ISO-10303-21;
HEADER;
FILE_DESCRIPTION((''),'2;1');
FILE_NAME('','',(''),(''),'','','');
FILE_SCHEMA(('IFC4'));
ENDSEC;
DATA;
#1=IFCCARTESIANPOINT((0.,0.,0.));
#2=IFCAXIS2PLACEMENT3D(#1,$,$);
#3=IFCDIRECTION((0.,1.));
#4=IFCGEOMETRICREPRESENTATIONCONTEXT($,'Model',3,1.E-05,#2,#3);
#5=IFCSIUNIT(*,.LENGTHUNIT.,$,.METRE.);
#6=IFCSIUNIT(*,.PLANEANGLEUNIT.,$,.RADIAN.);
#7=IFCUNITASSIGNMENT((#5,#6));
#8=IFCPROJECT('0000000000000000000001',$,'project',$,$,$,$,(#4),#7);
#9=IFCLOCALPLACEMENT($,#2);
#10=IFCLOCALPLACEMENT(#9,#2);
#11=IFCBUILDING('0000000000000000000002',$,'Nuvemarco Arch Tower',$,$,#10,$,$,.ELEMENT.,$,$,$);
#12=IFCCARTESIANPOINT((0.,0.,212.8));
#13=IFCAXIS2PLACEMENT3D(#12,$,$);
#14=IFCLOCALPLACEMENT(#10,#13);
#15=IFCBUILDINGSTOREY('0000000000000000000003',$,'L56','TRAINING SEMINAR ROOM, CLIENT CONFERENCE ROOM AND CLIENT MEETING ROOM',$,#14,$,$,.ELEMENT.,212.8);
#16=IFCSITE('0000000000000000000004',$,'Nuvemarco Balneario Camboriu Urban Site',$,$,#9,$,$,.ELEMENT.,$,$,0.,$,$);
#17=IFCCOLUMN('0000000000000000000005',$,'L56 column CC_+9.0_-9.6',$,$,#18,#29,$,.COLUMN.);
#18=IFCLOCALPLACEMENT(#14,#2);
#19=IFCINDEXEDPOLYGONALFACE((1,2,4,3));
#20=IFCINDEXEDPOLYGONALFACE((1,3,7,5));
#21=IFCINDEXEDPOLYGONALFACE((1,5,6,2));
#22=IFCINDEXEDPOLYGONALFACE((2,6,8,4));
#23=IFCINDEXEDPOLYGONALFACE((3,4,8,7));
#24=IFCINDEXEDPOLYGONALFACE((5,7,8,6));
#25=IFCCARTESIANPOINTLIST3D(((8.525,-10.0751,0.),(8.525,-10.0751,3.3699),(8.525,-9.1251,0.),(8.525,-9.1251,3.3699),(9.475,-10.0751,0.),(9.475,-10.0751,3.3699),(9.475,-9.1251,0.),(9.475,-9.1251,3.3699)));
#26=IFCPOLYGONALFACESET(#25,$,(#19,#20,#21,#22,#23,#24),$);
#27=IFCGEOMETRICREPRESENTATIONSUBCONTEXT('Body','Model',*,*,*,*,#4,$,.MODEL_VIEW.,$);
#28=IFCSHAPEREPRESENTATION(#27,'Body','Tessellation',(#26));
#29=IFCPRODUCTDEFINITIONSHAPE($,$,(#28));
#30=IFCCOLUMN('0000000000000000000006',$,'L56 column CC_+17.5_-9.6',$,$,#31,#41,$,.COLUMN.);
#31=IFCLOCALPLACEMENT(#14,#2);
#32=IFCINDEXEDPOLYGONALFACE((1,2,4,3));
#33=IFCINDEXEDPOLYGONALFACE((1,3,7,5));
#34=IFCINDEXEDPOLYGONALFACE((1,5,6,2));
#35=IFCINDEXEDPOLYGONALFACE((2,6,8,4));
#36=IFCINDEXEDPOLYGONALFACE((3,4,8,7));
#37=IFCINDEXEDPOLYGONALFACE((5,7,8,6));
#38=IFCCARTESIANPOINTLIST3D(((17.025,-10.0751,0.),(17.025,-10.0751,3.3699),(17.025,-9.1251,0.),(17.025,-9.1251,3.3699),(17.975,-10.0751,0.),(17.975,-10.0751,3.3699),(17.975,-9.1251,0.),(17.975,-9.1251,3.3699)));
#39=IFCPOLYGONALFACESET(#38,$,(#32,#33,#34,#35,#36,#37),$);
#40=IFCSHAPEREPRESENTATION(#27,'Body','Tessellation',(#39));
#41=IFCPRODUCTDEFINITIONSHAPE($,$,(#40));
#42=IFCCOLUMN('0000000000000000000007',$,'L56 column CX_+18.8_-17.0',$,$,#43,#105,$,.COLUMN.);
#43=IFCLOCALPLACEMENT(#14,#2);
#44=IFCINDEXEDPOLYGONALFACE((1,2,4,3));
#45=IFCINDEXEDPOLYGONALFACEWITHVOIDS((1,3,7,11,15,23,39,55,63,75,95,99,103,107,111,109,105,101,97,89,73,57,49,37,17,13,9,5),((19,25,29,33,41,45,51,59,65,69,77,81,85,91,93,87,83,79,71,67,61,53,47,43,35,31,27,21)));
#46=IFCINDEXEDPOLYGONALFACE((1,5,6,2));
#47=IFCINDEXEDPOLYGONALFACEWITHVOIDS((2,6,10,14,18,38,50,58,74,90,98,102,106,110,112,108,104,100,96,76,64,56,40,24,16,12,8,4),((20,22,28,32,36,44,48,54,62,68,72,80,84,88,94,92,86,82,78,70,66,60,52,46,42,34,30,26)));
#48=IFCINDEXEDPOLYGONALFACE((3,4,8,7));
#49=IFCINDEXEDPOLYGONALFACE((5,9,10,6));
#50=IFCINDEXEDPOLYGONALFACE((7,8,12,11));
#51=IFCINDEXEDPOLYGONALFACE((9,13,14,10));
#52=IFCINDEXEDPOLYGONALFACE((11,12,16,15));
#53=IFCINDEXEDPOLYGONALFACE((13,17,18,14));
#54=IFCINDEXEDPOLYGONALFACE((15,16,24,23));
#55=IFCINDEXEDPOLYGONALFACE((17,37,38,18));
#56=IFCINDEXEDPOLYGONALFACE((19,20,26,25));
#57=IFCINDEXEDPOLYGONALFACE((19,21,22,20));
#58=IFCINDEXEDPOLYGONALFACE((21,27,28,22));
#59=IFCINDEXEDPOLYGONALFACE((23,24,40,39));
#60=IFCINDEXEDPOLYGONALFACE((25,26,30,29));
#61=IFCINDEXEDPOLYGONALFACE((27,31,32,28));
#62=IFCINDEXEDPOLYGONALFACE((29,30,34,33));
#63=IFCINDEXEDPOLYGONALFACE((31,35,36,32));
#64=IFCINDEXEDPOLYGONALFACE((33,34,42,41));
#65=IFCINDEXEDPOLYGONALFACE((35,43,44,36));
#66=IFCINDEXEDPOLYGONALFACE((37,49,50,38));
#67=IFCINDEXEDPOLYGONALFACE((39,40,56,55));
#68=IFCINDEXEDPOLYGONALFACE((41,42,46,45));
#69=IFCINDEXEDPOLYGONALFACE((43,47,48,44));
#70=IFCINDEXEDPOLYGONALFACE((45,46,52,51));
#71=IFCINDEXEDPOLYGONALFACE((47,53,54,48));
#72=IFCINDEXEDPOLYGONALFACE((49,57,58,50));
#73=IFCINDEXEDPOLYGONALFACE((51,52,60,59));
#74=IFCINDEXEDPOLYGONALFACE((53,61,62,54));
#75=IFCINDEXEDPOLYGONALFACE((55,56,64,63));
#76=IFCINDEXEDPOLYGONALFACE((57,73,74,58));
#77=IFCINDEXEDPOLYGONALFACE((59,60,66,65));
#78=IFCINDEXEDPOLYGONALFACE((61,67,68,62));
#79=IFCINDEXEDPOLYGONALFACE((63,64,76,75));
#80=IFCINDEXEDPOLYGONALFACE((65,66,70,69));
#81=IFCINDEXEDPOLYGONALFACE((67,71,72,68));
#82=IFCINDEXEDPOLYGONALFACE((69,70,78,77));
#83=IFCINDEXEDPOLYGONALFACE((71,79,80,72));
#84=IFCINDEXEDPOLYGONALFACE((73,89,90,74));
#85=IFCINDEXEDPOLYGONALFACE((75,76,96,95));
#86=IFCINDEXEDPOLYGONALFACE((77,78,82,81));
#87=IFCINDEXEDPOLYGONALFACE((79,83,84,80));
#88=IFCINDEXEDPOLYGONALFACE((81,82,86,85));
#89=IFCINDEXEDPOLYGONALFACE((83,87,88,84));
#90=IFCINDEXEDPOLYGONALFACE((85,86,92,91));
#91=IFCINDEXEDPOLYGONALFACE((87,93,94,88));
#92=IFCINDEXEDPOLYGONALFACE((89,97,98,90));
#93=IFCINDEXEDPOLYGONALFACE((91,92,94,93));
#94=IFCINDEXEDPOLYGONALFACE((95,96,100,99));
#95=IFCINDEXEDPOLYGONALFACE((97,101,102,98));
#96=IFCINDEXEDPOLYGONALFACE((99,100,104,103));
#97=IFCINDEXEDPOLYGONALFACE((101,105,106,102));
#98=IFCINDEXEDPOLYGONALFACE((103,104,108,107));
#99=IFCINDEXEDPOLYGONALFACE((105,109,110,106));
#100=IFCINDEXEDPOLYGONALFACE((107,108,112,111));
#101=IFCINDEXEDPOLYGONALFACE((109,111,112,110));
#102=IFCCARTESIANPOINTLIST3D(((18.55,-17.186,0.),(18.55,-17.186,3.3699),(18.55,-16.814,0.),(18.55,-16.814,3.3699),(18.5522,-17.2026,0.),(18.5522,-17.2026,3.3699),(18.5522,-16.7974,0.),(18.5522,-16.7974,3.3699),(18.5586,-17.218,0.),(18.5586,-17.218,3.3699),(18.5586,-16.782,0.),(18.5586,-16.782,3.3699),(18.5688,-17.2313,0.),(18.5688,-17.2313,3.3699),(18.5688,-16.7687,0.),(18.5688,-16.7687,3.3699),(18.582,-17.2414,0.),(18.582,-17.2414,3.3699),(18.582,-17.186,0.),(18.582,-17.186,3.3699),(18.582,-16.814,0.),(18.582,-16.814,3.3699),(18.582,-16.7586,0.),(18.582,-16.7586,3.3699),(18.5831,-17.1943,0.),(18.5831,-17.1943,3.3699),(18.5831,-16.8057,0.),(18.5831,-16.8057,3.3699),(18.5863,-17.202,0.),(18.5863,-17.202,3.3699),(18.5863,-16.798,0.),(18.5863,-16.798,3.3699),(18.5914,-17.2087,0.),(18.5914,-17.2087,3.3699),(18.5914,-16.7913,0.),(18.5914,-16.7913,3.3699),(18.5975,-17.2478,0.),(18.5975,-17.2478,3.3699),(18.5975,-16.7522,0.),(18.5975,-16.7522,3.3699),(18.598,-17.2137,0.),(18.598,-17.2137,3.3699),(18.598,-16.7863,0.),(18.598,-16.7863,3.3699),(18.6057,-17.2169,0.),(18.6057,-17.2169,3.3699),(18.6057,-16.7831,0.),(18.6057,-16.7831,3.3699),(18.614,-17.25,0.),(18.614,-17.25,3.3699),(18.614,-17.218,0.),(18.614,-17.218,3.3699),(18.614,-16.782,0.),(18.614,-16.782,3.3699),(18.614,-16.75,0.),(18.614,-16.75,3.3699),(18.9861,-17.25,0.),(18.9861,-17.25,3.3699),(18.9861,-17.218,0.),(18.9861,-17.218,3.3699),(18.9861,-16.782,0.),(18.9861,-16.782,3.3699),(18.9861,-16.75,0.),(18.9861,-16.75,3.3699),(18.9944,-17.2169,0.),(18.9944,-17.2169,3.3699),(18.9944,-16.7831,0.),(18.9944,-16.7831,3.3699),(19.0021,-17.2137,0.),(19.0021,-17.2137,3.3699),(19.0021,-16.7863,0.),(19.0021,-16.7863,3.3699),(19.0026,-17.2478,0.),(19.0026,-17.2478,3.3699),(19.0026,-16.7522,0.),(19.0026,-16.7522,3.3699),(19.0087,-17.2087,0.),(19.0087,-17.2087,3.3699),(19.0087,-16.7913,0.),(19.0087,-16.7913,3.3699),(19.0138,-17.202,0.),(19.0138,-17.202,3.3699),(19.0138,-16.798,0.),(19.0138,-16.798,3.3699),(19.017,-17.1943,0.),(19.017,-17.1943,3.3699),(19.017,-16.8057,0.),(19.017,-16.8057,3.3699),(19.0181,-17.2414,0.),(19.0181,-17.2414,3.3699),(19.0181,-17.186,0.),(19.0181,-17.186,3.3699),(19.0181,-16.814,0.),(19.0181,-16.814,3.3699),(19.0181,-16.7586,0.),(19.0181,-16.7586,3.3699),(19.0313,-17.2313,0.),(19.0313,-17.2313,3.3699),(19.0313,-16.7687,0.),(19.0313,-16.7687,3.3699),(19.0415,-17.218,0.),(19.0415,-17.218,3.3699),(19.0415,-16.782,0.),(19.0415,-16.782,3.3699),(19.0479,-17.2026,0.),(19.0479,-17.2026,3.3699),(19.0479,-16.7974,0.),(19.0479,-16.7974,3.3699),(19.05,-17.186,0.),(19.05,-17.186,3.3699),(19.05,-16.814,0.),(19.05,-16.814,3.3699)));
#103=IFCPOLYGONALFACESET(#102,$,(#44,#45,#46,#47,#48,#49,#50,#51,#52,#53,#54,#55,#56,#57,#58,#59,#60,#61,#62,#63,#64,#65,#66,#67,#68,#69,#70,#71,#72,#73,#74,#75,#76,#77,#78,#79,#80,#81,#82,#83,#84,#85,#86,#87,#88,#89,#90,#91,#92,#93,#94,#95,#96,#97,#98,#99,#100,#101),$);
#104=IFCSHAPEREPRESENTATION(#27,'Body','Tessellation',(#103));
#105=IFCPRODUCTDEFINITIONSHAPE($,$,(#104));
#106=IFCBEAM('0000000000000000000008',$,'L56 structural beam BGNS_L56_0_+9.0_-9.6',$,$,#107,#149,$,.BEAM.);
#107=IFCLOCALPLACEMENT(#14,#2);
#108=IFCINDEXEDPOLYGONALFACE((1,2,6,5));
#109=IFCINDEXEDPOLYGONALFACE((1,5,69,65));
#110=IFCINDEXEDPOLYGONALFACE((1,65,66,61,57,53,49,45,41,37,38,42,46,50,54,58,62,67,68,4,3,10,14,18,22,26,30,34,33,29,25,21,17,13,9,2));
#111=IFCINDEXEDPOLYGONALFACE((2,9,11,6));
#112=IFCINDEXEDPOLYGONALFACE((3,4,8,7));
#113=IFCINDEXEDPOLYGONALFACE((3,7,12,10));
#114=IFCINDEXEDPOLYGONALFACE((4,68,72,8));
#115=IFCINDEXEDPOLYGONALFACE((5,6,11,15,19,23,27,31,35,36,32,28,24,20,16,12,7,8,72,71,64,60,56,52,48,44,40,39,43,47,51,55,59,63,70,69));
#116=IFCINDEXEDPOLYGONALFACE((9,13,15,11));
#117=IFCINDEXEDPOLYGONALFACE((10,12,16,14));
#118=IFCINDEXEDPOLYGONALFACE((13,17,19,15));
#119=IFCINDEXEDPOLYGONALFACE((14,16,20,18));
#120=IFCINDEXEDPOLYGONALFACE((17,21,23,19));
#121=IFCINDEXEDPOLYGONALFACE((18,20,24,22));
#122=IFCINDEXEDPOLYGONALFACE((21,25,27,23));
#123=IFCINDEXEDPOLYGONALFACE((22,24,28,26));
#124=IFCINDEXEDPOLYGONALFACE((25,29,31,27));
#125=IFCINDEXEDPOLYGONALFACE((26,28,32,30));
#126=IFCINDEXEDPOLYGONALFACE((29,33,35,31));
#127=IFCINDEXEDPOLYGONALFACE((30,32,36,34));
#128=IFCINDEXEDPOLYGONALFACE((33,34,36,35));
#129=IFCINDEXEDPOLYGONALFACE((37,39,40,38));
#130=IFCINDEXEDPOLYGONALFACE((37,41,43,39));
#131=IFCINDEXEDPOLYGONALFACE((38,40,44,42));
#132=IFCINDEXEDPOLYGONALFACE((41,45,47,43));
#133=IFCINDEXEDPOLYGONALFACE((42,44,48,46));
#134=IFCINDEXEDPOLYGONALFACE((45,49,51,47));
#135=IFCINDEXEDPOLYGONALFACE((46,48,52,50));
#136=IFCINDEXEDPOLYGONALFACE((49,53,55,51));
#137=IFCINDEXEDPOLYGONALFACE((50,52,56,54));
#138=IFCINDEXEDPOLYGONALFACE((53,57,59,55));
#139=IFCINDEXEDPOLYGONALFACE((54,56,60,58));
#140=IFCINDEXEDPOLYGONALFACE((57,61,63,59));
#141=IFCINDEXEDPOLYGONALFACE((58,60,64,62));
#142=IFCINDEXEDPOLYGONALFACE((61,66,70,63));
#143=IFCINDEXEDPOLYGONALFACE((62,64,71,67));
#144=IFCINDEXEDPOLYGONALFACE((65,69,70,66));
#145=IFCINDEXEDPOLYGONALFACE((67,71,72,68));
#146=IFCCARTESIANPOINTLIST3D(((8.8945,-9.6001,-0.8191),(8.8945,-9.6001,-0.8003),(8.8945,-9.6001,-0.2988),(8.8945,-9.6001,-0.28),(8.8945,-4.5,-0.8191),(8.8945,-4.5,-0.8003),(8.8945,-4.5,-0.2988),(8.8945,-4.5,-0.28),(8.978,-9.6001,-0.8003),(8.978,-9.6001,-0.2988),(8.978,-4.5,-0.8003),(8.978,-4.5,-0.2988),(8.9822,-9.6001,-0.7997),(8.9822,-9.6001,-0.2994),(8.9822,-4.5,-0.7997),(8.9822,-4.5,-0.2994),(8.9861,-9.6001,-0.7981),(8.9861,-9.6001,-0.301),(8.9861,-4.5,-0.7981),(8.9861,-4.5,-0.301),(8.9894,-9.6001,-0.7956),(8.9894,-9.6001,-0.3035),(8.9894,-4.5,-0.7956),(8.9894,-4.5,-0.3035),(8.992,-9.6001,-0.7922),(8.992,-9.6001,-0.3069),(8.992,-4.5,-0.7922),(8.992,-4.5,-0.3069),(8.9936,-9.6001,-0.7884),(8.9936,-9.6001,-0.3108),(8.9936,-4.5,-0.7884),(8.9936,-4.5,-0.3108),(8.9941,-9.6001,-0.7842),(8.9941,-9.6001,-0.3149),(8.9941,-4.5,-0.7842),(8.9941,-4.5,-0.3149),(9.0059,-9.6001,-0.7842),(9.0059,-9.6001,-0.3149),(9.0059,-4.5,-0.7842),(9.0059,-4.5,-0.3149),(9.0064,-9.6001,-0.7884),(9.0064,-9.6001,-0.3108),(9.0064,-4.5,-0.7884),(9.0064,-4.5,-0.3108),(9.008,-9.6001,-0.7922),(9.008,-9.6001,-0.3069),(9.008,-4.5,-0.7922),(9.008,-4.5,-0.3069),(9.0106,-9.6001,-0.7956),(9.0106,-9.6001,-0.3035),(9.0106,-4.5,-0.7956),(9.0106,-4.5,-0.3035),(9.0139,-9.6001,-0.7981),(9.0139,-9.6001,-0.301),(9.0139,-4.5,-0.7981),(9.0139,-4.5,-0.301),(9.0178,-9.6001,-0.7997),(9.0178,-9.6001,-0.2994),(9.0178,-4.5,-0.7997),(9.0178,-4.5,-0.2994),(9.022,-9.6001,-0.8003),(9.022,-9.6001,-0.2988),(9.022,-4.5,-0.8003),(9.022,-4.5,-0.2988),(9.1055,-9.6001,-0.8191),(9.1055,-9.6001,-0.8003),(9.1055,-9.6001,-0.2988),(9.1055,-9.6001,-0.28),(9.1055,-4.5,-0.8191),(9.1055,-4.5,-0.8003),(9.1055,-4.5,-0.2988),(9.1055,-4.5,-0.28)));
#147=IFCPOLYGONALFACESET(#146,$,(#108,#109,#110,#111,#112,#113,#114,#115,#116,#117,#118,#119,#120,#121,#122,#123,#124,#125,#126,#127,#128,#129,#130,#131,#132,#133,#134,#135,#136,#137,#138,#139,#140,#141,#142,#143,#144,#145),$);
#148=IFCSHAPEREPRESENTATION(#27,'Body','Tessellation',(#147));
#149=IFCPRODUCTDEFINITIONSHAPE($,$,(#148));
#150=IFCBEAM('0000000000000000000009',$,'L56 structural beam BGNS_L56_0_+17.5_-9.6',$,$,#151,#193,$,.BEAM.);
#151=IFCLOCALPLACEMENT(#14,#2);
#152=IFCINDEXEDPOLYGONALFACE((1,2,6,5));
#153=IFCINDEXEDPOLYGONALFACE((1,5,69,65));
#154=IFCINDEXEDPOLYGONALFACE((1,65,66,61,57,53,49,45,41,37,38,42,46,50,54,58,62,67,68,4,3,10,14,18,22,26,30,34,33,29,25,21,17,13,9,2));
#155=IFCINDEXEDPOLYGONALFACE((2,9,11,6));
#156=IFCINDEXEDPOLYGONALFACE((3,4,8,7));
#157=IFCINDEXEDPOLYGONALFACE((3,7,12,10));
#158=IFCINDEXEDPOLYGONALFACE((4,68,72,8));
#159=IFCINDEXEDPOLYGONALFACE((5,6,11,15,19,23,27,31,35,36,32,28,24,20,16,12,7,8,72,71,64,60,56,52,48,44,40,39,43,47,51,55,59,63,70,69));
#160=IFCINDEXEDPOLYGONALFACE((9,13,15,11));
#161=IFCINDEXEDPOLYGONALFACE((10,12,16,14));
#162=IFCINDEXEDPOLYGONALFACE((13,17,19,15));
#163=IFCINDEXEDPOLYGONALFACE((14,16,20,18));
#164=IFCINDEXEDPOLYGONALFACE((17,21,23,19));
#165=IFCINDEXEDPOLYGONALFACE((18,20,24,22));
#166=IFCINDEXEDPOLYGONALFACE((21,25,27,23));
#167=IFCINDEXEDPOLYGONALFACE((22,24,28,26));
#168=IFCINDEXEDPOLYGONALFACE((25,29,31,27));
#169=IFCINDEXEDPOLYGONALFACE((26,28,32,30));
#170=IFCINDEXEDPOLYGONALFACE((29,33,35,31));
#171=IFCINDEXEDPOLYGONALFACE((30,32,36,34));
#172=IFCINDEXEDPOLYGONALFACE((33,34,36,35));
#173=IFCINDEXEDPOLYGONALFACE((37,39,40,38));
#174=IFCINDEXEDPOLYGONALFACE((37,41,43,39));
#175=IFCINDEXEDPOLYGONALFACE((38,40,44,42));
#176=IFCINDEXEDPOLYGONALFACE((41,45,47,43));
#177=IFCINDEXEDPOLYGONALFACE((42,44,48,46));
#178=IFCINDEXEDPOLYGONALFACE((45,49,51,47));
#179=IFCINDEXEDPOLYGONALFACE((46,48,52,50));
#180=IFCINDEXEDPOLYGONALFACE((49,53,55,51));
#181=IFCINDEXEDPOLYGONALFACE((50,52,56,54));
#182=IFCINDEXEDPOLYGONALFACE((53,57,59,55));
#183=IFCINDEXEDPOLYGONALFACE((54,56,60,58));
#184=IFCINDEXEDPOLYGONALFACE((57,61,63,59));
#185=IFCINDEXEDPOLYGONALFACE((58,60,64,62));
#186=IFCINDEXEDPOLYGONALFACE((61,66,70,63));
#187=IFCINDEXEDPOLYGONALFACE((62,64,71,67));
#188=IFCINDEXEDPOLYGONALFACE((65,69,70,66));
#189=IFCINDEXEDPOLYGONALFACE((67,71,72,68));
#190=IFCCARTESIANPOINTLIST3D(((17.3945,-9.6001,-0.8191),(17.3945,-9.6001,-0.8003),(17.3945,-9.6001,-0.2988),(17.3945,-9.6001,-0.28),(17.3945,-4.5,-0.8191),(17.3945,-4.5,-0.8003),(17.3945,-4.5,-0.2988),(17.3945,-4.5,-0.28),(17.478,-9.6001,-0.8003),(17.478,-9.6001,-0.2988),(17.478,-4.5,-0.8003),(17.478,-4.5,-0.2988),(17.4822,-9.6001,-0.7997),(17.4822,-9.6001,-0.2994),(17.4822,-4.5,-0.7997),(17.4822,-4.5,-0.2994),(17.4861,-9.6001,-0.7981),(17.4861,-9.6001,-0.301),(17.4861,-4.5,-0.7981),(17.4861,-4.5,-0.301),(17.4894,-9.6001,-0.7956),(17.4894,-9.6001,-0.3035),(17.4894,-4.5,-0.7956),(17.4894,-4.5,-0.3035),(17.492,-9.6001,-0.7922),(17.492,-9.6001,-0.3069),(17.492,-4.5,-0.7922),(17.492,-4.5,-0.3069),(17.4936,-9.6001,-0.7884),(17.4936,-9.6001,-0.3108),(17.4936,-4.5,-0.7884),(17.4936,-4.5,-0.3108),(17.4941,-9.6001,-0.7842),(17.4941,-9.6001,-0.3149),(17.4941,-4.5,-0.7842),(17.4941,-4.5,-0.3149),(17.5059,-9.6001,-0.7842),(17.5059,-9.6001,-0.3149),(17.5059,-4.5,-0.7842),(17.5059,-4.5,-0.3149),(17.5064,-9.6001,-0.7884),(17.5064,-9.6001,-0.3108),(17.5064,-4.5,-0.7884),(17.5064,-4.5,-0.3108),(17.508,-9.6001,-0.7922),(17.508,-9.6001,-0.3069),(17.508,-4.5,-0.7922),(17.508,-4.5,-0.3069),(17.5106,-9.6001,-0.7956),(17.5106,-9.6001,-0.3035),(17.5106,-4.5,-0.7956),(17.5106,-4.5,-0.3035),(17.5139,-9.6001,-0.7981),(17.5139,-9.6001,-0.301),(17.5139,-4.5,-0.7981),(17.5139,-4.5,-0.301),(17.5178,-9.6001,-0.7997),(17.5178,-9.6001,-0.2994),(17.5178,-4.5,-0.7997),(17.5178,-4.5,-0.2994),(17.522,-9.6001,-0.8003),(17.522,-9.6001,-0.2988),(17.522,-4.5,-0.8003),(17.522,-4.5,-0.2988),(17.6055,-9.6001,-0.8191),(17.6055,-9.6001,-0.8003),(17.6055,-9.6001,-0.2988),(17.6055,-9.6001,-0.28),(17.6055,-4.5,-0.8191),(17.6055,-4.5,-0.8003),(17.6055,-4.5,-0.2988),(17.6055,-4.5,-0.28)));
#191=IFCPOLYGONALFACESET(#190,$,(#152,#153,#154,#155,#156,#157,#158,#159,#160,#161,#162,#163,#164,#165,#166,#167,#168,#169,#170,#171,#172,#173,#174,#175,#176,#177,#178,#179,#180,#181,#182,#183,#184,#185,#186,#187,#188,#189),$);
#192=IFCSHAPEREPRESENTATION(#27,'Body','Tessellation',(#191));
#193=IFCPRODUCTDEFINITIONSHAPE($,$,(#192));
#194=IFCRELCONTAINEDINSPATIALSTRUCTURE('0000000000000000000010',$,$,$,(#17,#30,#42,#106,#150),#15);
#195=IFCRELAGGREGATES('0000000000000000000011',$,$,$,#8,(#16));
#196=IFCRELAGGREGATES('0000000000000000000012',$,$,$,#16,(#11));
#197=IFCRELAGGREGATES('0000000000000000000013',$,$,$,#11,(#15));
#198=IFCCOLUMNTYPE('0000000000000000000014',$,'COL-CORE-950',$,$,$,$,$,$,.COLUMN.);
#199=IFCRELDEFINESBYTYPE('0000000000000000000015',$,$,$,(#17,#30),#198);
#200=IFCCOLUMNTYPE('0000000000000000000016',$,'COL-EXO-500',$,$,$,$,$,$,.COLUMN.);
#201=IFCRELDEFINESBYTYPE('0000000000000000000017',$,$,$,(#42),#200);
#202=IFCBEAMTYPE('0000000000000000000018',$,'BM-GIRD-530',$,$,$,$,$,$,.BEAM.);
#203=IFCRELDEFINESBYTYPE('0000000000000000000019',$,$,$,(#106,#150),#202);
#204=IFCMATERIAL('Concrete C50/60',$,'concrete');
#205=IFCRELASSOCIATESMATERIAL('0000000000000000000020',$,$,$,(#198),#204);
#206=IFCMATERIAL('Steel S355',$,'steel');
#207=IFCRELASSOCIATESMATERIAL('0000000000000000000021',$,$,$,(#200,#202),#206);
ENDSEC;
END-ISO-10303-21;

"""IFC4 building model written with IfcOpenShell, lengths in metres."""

from ifc_helpers import new_model, si_unit, direction, frame, origin, origin_2d, place, context, subcontext, project, spatial, rectangle, hollow_rectangle, i_section, extrude, material, material_profile, profile_set, type_object, element, save


model = new_model("IFC4")

# Units and contexts
model_context = context("Model", 3, precision=1e-05, world=origin(), true_north=direction((0.0, 1.0)))
body_context = subcontext(model_context, "Body", "Model", "MODEL_VIEW")
ifc_project = project(units=[si_unit("LENGTHUNIT", "METRE"), si_unit("PLANEANGLEUNIT", "RADIAN")], contexts=[model_context])

# Site, building, storey
site_placement = place(None, origin())
site = spatial("IfcSite", under=ifc_project, at=site_placement, Name="Nuvemarco Balneario Camboriu Urban Site", CompositionType="ELEMENT", RefElevation=0.0)
building_placement = place(site_placement, origin())
building = spatial("IfcBuilding", under=site, at=building_placement, Name="Nuvemarco Arch Tower", CompositionType="ELEMENT")
storey_placement = place(building_placement, frame((0.0, 0.0, 212.8)))
storey = spatial("IfcBuildingStorey", under=building, at=storey_placement, Name="L56", Description="TRAINING SEMINAR ROOM, CLIENT CONFERENCE ROOM AND CLIENT MEETING ROOM", CompositionType="ELEMENT", Elevation=212.8)

# Columns
ifc_material_1 = material(Name="Concrete C50/60", Category="concrete")
ifc_material_profile_1 = material_profile(ifc_material_1, rectangle(XDim=0.95, YDim=0.95, at=origin_2d()), Name="RC-COL-950x950")
ifc_profile_set_1 = profile_set([ifc_material_profile_1], Name="Concrete C50/60")
column_type_1 = type_object("IfcColumnType", Name="COL-CORE-950", PredefinedType="COLUMN", material=ifc_profile_set_1)
for number, where, z_axis, x_axis, name in (
    (1, (9.0, -9.6001, 0.0), (0.0, 0.0, 1.0), (1.0, 0.0, 0.0), "L56 column CC_+9.0_-9.6"),
    (2, (17.5, -9.6001, 0.0), (0.0, 0.0, 1.0), (1.0, 0.0, 0.0), "L56 column CC_+17.5_-9.6"),
):
    element("IfcColumn", number, at=place(storey_placement, frame(where, z_axis=z_axis, x_axis=x_axis)), inside=storey, type_object=column_type_1, Name=name, PredefinedType="COLUMN", context=body_context, shape_type="SweptSolid", body=[
        extrude(rectangle(XDim=0.95, YDim=0.95, at=origin_2d()), origin(), (0.0, 0.0, 1.0), 3.3699),
    ])
ifc_material_2 = material(Name="Steel S355", Category="steel")
ifc_material_profile_2 = material_profile(ifc_material_2, hollow_rectangle(XDim=0.5, YDim=0.5, WallThickness=0.032, InnerFilletRadius=0.032, OuterFilletRadius=0.064, at=origin_2d()), Name="SHS500x500x32")
ifc_profile_set_2 = profile_set([ifc_material_profile_2], Name="Steel S355")
column_type_2 = type_object("IfcColumnType", Name="COL-EXO-500", PredefinedType="COLUMN", material=ifc_profile_set_2)
column_placement = place(storey_placement, frame((18.8, -17.0, 0.0), z_axis=(0.0, 0.0, 1.0), x_axis=(1.0, 0.0, 0.0)))
element("IfcColumn", 3, at=column_placement, inside=storey, type_object=column_type_2, Name="L56 column CX_+18.8_-17.0", PredefinedType="COLUMN", context=body_context, shape_type="SweptSolid", body=[
    extrude(hollow_rectangle(XDim=0.5, YDim=0.5, WallThickness=0.032, InnerFilletRadius=0.032, OuterFilletRadius=0.064, at=origin_2d()), origin(), (0.0, 0.0, 1.0), 3.3699),
])

# Beams
ifc_material_profile_3 = material_profile(ifc_material_2, i_section(OverallWidth=0.2109, OverallDepth=0.5391, WebThickness=0.0117, FlangeThickness=0.0188, FilletRadius=0.0161, at=origin_2d()), Name="W530x109")
ifc_profile_set_3 = profile_set([ifc_material_profile_3], Name="Steel S355")
beam_type_1 = type_object("IfcBeamType", Name="BM-GIRD-530", PredefinedType="BEAM", material=ifc_profile_set_3)
for number, where, z_axis, x_axis, name in (
    (4, (9.0, -9.6001, -0.5496), (0.0, 1.0, 0.0), (-1.0, 0.0, 0.0), "L56 structural beam BGNS_L56_0_+9.0_-9.6"),
    (5, (17.5, -9.6001, -0.5496), (0.0, 1.0, 0.0), (-1.0, 0.0, 0.0), "L56 structural beam BGNS_L56_0_+17.5_-9.6"),
):
    element("IfcBeam", number, at=place(storey_placement, frame(where, z_axis=z_axis, x_axis=x_axis)), inside=storey, type_object=beam_type_1, Name=name, PredefinedType="BEAM", context=body_context, shape_type="SweptSolid", body=[
        extrude(i_section(OverallWidth=0.2109, OverallDepth=0.5391, WebThickness=0.0117, FlangeThickness=0.0188, FilletRadius=0.0161, at=origin_2d()), origin(), (0.0, 0.0, 1.0), 5.1001),
    ])

save(model, "model.ifc")
